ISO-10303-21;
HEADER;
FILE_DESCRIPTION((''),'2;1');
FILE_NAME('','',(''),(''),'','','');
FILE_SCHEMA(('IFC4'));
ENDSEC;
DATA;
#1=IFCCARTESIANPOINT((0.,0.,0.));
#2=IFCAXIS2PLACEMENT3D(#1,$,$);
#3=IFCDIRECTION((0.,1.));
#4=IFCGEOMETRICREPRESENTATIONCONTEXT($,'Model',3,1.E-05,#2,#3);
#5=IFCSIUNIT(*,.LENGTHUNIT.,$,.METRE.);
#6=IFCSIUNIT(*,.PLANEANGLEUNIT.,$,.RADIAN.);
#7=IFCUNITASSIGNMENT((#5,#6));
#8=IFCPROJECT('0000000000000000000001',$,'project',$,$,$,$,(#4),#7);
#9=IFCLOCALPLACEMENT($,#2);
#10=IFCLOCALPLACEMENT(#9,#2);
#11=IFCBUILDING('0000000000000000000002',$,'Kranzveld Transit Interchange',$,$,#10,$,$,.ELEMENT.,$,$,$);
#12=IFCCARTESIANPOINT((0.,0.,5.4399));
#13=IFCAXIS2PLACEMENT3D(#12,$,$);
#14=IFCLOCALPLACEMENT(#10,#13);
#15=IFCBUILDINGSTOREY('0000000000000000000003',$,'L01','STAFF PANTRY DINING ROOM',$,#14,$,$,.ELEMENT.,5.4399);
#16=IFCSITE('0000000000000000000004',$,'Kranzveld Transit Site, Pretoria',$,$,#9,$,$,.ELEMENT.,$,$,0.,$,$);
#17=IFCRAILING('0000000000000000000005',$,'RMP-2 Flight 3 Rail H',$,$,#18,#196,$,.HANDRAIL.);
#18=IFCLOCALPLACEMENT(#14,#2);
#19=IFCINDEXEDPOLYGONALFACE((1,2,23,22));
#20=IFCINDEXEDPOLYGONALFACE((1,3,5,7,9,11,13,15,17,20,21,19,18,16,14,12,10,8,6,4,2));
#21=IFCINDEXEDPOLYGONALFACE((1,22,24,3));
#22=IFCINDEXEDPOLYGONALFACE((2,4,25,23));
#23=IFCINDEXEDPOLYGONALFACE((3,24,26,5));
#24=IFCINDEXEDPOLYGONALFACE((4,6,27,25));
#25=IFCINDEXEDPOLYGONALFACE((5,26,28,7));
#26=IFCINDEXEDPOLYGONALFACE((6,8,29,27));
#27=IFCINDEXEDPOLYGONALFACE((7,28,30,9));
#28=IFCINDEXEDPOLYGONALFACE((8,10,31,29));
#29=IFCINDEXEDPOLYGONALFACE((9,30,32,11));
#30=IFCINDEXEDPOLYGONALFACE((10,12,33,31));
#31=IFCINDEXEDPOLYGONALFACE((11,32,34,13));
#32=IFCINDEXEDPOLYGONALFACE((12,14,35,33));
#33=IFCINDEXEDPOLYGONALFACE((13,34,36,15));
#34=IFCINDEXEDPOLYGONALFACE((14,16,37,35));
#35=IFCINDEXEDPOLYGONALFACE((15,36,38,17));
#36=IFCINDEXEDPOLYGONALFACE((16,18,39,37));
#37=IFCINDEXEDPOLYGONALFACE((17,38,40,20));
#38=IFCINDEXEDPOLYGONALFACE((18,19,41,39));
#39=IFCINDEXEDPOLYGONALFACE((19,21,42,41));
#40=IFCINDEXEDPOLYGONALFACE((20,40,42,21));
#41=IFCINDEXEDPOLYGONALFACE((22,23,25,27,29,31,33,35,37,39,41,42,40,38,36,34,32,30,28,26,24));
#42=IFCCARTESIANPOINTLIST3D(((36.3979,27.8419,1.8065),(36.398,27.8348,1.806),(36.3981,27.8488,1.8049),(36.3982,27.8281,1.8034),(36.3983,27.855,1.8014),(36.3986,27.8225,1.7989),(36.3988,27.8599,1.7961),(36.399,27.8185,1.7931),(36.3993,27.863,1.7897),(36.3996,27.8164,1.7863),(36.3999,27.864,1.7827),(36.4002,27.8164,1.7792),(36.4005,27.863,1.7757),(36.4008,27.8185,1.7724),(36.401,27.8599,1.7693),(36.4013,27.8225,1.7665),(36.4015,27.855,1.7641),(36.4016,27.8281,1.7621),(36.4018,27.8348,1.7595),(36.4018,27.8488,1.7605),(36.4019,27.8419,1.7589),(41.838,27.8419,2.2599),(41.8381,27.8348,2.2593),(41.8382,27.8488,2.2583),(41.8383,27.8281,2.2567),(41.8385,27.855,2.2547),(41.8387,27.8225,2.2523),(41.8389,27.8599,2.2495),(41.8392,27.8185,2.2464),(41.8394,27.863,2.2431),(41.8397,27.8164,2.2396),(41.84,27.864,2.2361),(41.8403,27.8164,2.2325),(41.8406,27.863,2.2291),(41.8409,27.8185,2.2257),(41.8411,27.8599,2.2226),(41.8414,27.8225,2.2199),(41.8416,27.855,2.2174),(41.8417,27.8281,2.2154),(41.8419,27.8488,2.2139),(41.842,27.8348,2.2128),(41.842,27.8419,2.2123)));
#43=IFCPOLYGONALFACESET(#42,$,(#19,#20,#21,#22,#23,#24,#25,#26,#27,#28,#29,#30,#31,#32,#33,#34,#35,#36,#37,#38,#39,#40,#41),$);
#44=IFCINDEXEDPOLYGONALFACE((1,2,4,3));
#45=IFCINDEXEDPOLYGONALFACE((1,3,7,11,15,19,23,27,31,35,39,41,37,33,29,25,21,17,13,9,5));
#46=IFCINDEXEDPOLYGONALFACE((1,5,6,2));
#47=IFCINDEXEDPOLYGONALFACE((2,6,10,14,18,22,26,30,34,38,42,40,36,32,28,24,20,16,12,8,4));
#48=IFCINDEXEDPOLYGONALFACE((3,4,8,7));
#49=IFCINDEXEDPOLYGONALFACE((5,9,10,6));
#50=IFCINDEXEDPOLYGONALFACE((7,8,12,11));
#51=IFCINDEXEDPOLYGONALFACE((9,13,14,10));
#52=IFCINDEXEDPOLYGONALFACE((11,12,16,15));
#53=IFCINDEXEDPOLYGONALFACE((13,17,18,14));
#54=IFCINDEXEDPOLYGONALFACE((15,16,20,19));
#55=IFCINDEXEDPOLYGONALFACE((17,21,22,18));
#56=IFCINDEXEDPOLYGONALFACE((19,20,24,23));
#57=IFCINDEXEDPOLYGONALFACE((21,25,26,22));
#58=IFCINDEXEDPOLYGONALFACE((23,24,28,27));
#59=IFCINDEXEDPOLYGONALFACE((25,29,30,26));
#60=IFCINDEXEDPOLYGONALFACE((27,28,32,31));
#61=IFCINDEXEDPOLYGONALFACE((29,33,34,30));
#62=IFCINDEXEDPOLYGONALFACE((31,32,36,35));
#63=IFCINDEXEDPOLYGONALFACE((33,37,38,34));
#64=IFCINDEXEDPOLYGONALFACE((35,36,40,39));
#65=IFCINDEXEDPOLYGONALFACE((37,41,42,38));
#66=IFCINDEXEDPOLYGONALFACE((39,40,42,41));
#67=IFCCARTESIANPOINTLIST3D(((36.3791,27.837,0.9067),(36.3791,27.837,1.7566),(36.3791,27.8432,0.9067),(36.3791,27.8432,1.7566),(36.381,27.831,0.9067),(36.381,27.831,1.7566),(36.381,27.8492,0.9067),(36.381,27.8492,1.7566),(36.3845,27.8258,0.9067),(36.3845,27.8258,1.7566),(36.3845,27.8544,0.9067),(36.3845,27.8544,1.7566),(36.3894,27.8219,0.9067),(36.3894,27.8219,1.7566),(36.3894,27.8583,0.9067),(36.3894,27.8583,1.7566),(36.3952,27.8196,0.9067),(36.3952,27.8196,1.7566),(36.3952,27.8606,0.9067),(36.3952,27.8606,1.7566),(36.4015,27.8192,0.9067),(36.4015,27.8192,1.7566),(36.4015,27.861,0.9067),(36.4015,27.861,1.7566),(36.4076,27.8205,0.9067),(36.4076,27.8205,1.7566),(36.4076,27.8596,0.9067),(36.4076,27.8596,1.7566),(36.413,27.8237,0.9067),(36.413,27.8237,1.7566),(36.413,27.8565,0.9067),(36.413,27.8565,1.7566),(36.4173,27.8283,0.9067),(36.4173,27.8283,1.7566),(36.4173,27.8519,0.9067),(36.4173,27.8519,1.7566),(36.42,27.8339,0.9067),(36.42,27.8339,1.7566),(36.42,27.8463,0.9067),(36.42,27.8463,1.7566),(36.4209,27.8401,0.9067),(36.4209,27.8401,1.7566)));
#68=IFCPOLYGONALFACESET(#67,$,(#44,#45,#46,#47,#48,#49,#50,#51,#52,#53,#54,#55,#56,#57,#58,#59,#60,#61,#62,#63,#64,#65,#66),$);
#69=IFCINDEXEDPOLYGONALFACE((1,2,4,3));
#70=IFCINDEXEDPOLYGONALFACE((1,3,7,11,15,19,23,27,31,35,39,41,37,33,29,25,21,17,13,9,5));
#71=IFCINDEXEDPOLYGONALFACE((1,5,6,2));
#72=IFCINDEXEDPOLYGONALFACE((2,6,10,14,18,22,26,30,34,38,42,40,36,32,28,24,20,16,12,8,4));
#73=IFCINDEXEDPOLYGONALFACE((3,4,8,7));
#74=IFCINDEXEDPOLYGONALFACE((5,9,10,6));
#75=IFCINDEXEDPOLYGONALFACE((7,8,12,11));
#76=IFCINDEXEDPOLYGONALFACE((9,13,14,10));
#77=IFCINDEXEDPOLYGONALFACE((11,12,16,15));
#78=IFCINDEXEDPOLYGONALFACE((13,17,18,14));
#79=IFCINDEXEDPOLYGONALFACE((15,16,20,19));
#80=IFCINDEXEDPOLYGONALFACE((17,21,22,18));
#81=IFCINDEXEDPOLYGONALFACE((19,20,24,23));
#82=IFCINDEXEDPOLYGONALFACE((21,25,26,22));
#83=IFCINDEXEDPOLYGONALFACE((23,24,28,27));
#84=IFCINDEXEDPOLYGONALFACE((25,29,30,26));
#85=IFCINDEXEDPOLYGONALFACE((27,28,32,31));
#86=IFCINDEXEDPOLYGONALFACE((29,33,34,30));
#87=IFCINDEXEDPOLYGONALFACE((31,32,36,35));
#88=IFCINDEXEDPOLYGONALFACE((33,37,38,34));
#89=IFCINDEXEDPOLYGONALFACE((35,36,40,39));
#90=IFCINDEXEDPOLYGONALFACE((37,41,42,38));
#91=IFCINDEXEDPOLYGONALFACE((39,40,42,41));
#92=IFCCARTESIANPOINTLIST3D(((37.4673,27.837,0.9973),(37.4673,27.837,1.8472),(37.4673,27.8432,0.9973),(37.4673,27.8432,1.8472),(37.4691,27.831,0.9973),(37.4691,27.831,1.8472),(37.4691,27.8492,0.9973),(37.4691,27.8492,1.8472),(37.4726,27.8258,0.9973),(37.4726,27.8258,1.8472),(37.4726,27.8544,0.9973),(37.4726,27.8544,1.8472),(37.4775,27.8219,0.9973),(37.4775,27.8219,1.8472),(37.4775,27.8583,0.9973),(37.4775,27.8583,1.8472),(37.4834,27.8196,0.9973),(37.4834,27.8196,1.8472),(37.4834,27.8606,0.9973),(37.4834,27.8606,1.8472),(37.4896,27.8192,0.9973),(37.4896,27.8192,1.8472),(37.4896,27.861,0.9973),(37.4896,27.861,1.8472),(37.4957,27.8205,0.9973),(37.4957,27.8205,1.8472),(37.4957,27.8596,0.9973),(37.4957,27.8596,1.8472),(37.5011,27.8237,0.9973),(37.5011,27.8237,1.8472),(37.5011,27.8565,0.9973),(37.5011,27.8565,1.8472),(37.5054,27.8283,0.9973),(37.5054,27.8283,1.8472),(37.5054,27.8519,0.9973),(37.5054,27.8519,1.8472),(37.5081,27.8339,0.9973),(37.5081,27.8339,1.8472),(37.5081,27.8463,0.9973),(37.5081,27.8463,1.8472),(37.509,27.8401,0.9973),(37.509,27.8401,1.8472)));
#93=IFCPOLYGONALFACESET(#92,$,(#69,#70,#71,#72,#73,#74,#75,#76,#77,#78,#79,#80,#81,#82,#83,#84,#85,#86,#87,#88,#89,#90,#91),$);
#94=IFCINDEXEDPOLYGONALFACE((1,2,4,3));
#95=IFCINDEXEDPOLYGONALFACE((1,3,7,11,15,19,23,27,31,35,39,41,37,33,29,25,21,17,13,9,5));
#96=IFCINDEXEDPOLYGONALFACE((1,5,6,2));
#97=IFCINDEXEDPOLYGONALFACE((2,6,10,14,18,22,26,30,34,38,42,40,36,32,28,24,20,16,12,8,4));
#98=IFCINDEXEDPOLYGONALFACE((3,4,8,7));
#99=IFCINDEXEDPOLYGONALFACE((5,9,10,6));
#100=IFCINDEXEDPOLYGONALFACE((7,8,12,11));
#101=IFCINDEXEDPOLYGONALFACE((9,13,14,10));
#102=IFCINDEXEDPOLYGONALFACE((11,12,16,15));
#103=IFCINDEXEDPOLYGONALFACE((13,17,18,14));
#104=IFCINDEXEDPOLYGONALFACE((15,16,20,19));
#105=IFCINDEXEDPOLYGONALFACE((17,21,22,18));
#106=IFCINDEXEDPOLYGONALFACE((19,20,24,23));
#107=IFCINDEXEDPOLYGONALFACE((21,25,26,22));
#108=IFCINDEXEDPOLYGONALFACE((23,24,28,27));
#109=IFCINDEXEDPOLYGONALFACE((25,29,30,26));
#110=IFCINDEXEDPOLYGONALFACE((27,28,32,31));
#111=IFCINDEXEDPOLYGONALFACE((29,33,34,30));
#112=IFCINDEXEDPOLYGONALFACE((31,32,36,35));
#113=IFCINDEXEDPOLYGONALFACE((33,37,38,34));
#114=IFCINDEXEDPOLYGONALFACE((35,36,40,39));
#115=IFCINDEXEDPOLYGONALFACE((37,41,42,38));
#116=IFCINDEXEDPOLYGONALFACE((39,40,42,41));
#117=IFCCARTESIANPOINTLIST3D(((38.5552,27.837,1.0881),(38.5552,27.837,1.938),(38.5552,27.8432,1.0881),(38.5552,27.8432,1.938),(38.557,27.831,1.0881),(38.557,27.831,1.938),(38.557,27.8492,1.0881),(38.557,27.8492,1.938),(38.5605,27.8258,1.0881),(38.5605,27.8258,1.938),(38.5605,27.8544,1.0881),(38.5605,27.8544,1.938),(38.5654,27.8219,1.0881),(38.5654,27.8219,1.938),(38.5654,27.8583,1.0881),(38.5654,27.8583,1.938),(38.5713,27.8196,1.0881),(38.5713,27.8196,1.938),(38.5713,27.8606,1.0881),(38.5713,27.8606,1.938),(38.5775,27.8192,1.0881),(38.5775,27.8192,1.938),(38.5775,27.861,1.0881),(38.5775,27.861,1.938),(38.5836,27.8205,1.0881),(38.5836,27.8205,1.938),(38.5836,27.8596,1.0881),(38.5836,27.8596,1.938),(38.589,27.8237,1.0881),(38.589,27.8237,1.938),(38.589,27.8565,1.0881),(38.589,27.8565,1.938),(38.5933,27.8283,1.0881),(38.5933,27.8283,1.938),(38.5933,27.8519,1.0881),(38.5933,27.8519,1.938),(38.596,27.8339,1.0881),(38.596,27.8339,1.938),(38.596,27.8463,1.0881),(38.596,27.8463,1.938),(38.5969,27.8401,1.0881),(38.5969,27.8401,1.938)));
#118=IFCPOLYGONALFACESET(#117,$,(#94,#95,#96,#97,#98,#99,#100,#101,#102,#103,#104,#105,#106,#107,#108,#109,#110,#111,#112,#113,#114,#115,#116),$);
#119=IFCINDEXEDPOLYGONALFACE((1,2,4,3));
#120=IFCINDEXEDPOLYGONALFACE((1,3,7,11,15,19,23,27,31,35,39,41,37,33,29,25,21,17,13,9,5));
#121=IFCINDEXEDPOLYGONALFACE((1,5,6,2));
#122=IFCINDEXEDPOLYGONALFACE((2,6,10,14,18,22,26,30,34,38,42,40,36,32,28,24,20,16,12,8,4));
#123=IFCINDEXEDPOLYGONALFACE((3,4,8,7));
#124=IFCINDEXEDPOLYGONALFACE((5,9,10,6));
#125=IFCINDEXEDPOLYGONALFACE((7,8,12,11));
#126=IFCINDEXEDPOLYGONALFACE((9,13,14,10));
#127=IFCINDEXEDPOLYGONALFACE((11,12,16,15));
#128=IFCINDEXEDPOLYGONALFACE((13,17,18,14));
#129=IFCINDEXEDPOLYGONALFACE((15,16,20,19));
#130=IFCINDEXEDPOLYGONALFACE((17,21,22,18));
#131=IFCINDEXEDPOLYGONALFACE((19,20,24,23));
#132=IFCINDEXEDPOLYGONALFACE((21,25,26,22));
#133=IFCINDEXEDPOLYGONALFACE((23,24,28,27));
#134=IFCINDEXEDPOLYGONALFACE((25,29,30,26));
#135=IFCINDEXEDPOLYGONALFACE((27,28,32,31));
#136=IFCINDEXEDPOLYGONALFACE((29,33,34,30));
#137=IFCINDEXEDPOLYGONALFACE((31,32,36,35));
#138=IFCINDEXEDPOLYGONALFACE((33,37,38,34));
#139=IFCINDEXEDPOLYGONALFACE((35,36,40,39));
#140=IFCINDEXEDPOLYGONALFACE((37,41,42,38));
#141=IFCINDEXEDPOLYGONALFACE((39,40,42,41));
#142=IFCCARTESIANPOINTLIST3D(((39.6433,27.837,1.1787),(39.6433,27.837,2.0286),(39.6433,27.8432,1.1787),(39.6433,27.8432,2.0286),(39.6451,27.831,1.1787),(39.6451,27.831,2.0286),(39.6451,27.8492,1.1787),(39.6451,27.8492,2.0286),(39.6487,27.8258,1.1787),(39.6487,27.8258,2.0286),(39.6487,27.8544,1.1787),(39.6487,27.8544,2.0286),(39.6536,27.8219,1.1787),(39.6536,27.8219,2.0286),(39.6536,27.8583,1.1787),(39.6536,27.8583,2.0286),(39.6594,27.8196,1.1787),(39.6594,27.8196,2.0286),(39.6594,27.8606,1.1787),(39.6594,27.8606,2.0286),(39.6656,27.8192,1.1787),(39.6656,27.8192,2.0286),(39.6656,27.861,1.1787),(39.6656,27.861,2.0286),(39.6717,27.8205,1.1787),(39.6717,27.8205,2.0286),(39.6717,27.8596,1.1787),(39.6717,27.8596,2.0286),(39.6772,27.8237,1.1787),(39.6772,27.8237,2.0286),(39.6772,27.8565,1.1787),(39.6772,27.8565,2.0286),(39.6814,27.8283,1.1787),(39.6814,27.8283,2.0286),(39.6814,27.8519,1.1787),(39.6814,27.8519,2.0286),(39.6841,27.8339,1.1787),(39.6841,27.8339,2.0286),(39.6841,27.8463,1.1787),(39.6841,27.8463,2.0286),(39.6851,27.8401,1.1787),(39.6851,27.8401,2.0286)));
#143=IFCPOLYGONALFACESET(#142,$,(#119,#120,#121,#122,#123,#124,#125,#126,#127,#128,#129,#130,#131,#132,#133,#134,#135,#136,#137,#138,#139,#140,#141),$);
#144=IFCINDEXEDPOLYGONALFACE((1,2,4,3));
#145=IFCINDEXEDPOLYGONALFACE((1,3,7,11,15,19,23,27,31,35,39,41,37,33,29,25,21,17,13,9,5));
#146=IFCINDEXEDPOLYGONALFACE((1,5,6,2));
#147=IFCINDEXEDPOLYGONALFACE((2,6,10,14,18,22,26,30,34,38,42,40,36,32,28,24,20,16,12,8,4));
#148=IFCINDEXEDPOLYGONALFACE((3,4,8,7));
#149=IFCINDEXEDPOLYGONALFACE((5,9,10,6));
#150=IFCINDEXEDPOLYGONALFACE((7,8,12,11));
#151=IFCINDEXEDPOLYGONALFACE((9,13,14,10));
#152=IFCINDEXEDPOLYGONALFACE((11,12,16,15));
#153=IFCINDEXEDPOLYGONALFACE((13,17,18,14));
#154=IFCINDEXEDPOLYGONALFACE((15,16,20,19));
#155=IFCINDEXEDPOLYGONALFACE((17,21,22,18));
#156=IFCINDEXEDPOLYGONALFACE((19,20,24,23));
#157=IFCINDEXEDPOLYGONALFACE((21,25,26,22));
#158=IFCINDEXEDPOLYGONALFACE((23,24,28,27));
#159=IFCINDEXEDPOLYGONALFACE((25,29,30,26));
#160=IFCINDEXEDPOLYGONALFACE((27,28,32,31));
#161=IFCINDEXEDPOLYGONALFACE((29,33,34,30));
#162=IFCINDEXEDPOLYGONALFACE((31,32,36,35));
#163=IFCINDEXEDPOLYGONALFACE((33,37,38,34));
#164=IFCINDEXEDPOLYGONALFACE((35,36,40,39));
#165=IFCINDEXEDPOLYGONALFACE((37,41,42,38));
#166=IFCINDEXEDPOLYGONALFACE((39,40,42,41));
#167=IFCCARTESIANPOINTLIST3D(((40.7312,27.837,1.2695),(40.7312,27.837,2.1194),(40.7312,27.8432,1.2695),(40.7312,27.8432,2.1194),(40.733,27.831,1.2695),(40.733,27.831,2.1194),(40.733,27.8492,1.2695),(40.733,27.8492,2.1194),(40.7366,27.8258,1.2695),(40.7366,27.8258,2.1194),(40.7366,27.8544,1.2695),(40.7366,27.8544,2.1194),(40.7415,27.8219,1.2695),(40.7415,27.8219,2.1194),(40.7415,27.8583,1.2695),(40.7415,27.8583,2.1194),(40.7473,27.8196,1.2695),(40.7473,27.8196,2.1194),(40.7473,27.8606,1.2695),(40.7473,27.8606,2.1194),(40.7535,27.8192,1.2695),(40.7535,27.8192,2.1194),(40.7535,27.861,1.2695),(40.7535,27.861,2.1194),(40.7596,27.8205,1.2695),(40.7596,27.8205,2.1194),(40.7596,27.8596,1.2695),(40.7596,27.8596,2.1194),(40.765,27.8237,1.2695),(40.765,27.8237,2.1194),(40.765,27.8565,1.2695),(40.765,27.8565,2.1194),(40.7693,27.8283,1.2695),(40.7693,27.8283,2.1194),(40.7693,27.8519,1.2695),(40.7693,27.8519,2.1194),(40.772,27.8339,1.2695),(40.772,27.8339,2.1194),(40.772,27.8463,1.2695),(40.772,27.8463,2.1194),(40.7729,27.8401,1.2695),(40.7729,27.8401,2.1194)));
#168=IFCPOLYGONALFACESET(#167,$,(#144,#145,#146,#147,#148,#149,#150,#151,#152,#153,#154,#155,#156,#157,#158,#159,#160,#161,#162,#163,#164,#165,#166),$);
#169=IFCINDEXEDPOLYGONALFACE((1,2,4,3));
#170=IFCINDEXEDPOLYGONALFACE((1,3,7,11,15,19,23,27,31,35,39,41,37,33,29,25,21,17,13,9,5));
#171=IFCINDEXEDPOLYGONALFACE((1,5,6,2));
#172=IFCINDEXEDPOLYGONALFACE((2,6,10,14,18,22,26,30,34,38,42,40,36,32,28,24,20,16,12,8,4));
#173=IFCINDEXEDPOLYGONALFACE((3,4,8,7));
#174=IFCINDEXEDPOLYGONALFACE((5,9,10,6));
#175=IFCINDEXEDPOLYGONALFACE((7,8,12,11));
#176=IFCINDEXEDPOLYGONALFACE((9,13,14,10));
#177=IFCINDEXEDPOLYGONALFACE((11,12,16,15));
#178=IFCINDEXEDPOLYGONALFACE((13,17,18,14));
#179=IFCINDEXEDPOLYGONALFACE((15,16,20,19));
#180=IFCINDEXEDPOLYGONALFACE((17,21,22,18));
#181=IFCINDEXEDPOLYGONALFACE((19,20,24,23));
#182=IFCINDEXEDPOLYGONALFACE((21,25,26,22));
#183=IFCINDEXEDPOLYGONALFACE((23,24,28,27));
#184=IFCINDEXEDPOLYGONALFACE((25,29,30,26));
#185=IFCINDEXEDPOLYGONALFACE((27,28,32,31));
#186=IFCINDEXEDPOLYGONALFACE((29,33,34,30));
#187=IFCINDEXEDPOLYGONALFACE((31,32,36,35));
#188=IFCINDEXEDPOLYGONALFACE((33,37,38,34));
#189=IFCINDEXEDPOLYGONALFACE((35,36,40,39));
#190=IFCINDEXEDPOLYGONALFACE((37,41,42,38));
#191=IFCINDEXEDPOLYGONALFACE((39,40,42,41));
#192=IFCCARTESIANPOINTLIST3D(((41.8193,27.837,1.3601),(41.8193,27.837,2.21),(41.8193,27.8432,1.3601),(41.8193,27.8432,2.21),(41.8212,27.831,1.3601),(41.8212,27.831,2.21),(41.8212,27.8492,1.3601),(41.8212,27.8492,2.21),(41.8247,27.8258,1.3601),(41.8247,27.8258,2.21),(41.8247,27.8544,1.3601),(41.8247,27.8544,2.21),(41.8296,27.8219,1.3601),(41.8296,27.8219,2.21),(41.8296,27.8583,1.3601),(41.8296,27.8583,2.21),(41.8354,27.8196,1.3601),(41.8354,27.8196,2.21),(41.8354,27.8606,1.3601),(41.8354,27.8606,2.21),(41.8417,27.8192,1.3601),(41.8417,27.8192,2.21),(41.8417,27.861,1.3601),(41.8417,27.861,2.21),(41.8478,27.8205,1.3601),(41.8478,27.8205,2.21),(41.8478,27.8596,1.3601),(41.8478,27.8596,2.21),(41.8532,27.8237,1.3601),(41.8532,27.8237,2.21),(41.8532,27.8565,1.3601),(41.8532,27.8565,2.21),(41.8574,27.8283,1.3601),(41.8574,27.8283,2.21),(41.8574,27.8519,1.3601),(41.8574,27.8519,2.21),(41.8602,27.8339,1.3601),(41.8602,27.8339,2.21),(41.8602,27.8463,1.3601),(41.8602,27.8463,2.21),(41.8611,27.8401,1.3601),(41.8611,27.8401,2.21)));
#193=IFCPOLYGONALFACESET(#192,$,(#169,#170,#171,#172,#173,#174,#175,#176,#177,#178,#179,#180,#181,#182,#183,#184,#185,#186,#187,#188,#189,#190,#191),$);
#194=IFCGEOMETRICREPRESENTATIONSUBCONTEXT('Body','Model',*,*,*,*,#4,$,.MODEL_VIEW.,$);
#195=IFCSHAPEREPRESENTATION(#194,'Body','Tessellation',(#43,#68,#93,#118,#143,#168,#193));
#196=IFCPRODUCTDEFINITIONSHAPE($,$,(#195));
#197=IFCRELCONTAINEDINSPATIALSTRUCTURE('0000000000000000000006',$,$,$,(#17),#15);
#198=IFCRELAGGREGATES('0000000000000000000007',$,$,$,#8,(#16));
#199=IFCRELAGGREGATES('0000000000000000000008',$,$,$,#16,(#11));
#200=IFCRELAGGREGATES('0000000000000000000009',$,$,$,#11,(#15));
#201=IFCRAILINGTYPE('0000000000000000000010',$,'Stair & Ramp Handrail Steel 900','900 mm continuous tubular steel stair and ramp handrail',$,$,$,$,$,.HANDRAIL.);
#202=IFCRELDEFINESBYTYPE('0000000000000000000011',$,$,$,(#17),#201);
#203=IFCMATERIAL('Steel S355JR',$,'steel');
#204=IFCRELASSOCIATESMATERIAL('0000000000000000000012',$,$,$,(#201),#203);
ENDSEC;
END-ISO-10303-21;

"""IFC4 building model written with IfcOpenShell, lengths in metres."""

from ifc_helpers import new_model, si_unit, direction, frame, origin, origin_2d, place, context, subcontext, project, spatial, circle, extrude, material, type_object, element, save


model = new_model("IFC4")

# Units and contexts
model_context = context("Model", 3, precision=1e-05, world=origin(), true_north=direction((0.0, 1.0)))
body_context = subcontext(model_context, "Body", "Model", "MODEL_VIEW")
ifc_project = project(units=[si_unit("LENGTHUNIT", "METRE"), si_unit("PLANEANGLEUNIT", "RADIAN")], contexts=[model_context])

# Site, building, storey
site_placement = place(None, origin())
site = spatial("IfcSite", under=ifc_project, at=site_placement, Name="Kranzveld Transit Site, Pretoria", CompositionType="ELEMENT", RefElevation=0.0)
building_placement = place(site_placement, origin())
building = spatial("IfcBuilding", under=site, at=building_placement, Name="Kranzveld Transit Interchange", CompositionType="ELEMENT")
storey_placement = place(building_placement, frame((0.0, 0.0, 5.4399)))
storey = spatial("IfcBuildingStorey", under=building, at=storey_placement, Name="L01", Description="STAFF PANTRY DINING ROOM", CompositionType="ELEMENT", Elevation=5.4399)

# Railing
ifc_material_1 = material(Name="Steel S355JR", Category="steel")
railing_type_1 = type_object("IfcRailingType", Name="Stair & Ramp Handrail Steel 900", Description="900 mm continuous tubular steel stair and ramp handrail", PredefinedType="HANDRAIL", material=ifc_material_1)
for number, where, name in (
    (1, (36.3999, 27.8401, 0.9067), "RMP-2 Flight 3 Rail H"),
):
    element("IfcRailing", number, at=place(storey_placement, frame(where)), inside=storey, type_object=railing_type_1, Name=name, PredefinedType="HANDRAIL", context=body_context, shape_type="SweptSolid", body=[
        extrude(circle(Radius=0.0239, at=origin_2d()), frame((0.0, 0.0, 0.876), z_axis=(0.996545, 0.0, 0.083049), x_axis=(0.0, 1.0, 0.0)), (0.0, 0.0, 1.0), 5.459),
        extrude(circle(Radius=0.021, at=origin_2d()), origin(), (0.0, 0.0, 1.0), 0.8499),
        extrude(circle(Radius=0.021, at=origin_2d()), frame((1.0881, 0.0, 0.0906)), (0.0, 0.0, 1.0), 0.8499),
        extrude(circle(Radius=0.021, at=origin_2d()), frame((2.176, 0.0, 0.1814)), (0.0, 0.0, 1.0), 0.8499),
        extrude(circle(Radius=0.021, at=origin_2d()), frame((3.2642, 0.0, 0.272)), (0.0, 0.0, 1.0), 0.8499),
        extrude(circle(Radius=0.021, at=origin_2d()), frame((4.3521, 0.0, 0.3628)), (0.0, 0.0, 1.0), 0.8499),
        extrude(circle(Radius=0.021, at=origin_2d()), frame((5.4402, 0.0, 0.4534)), (0.0, 0.0, 1.0), 0.8499),
    ])

save(model, "model.ifc")
